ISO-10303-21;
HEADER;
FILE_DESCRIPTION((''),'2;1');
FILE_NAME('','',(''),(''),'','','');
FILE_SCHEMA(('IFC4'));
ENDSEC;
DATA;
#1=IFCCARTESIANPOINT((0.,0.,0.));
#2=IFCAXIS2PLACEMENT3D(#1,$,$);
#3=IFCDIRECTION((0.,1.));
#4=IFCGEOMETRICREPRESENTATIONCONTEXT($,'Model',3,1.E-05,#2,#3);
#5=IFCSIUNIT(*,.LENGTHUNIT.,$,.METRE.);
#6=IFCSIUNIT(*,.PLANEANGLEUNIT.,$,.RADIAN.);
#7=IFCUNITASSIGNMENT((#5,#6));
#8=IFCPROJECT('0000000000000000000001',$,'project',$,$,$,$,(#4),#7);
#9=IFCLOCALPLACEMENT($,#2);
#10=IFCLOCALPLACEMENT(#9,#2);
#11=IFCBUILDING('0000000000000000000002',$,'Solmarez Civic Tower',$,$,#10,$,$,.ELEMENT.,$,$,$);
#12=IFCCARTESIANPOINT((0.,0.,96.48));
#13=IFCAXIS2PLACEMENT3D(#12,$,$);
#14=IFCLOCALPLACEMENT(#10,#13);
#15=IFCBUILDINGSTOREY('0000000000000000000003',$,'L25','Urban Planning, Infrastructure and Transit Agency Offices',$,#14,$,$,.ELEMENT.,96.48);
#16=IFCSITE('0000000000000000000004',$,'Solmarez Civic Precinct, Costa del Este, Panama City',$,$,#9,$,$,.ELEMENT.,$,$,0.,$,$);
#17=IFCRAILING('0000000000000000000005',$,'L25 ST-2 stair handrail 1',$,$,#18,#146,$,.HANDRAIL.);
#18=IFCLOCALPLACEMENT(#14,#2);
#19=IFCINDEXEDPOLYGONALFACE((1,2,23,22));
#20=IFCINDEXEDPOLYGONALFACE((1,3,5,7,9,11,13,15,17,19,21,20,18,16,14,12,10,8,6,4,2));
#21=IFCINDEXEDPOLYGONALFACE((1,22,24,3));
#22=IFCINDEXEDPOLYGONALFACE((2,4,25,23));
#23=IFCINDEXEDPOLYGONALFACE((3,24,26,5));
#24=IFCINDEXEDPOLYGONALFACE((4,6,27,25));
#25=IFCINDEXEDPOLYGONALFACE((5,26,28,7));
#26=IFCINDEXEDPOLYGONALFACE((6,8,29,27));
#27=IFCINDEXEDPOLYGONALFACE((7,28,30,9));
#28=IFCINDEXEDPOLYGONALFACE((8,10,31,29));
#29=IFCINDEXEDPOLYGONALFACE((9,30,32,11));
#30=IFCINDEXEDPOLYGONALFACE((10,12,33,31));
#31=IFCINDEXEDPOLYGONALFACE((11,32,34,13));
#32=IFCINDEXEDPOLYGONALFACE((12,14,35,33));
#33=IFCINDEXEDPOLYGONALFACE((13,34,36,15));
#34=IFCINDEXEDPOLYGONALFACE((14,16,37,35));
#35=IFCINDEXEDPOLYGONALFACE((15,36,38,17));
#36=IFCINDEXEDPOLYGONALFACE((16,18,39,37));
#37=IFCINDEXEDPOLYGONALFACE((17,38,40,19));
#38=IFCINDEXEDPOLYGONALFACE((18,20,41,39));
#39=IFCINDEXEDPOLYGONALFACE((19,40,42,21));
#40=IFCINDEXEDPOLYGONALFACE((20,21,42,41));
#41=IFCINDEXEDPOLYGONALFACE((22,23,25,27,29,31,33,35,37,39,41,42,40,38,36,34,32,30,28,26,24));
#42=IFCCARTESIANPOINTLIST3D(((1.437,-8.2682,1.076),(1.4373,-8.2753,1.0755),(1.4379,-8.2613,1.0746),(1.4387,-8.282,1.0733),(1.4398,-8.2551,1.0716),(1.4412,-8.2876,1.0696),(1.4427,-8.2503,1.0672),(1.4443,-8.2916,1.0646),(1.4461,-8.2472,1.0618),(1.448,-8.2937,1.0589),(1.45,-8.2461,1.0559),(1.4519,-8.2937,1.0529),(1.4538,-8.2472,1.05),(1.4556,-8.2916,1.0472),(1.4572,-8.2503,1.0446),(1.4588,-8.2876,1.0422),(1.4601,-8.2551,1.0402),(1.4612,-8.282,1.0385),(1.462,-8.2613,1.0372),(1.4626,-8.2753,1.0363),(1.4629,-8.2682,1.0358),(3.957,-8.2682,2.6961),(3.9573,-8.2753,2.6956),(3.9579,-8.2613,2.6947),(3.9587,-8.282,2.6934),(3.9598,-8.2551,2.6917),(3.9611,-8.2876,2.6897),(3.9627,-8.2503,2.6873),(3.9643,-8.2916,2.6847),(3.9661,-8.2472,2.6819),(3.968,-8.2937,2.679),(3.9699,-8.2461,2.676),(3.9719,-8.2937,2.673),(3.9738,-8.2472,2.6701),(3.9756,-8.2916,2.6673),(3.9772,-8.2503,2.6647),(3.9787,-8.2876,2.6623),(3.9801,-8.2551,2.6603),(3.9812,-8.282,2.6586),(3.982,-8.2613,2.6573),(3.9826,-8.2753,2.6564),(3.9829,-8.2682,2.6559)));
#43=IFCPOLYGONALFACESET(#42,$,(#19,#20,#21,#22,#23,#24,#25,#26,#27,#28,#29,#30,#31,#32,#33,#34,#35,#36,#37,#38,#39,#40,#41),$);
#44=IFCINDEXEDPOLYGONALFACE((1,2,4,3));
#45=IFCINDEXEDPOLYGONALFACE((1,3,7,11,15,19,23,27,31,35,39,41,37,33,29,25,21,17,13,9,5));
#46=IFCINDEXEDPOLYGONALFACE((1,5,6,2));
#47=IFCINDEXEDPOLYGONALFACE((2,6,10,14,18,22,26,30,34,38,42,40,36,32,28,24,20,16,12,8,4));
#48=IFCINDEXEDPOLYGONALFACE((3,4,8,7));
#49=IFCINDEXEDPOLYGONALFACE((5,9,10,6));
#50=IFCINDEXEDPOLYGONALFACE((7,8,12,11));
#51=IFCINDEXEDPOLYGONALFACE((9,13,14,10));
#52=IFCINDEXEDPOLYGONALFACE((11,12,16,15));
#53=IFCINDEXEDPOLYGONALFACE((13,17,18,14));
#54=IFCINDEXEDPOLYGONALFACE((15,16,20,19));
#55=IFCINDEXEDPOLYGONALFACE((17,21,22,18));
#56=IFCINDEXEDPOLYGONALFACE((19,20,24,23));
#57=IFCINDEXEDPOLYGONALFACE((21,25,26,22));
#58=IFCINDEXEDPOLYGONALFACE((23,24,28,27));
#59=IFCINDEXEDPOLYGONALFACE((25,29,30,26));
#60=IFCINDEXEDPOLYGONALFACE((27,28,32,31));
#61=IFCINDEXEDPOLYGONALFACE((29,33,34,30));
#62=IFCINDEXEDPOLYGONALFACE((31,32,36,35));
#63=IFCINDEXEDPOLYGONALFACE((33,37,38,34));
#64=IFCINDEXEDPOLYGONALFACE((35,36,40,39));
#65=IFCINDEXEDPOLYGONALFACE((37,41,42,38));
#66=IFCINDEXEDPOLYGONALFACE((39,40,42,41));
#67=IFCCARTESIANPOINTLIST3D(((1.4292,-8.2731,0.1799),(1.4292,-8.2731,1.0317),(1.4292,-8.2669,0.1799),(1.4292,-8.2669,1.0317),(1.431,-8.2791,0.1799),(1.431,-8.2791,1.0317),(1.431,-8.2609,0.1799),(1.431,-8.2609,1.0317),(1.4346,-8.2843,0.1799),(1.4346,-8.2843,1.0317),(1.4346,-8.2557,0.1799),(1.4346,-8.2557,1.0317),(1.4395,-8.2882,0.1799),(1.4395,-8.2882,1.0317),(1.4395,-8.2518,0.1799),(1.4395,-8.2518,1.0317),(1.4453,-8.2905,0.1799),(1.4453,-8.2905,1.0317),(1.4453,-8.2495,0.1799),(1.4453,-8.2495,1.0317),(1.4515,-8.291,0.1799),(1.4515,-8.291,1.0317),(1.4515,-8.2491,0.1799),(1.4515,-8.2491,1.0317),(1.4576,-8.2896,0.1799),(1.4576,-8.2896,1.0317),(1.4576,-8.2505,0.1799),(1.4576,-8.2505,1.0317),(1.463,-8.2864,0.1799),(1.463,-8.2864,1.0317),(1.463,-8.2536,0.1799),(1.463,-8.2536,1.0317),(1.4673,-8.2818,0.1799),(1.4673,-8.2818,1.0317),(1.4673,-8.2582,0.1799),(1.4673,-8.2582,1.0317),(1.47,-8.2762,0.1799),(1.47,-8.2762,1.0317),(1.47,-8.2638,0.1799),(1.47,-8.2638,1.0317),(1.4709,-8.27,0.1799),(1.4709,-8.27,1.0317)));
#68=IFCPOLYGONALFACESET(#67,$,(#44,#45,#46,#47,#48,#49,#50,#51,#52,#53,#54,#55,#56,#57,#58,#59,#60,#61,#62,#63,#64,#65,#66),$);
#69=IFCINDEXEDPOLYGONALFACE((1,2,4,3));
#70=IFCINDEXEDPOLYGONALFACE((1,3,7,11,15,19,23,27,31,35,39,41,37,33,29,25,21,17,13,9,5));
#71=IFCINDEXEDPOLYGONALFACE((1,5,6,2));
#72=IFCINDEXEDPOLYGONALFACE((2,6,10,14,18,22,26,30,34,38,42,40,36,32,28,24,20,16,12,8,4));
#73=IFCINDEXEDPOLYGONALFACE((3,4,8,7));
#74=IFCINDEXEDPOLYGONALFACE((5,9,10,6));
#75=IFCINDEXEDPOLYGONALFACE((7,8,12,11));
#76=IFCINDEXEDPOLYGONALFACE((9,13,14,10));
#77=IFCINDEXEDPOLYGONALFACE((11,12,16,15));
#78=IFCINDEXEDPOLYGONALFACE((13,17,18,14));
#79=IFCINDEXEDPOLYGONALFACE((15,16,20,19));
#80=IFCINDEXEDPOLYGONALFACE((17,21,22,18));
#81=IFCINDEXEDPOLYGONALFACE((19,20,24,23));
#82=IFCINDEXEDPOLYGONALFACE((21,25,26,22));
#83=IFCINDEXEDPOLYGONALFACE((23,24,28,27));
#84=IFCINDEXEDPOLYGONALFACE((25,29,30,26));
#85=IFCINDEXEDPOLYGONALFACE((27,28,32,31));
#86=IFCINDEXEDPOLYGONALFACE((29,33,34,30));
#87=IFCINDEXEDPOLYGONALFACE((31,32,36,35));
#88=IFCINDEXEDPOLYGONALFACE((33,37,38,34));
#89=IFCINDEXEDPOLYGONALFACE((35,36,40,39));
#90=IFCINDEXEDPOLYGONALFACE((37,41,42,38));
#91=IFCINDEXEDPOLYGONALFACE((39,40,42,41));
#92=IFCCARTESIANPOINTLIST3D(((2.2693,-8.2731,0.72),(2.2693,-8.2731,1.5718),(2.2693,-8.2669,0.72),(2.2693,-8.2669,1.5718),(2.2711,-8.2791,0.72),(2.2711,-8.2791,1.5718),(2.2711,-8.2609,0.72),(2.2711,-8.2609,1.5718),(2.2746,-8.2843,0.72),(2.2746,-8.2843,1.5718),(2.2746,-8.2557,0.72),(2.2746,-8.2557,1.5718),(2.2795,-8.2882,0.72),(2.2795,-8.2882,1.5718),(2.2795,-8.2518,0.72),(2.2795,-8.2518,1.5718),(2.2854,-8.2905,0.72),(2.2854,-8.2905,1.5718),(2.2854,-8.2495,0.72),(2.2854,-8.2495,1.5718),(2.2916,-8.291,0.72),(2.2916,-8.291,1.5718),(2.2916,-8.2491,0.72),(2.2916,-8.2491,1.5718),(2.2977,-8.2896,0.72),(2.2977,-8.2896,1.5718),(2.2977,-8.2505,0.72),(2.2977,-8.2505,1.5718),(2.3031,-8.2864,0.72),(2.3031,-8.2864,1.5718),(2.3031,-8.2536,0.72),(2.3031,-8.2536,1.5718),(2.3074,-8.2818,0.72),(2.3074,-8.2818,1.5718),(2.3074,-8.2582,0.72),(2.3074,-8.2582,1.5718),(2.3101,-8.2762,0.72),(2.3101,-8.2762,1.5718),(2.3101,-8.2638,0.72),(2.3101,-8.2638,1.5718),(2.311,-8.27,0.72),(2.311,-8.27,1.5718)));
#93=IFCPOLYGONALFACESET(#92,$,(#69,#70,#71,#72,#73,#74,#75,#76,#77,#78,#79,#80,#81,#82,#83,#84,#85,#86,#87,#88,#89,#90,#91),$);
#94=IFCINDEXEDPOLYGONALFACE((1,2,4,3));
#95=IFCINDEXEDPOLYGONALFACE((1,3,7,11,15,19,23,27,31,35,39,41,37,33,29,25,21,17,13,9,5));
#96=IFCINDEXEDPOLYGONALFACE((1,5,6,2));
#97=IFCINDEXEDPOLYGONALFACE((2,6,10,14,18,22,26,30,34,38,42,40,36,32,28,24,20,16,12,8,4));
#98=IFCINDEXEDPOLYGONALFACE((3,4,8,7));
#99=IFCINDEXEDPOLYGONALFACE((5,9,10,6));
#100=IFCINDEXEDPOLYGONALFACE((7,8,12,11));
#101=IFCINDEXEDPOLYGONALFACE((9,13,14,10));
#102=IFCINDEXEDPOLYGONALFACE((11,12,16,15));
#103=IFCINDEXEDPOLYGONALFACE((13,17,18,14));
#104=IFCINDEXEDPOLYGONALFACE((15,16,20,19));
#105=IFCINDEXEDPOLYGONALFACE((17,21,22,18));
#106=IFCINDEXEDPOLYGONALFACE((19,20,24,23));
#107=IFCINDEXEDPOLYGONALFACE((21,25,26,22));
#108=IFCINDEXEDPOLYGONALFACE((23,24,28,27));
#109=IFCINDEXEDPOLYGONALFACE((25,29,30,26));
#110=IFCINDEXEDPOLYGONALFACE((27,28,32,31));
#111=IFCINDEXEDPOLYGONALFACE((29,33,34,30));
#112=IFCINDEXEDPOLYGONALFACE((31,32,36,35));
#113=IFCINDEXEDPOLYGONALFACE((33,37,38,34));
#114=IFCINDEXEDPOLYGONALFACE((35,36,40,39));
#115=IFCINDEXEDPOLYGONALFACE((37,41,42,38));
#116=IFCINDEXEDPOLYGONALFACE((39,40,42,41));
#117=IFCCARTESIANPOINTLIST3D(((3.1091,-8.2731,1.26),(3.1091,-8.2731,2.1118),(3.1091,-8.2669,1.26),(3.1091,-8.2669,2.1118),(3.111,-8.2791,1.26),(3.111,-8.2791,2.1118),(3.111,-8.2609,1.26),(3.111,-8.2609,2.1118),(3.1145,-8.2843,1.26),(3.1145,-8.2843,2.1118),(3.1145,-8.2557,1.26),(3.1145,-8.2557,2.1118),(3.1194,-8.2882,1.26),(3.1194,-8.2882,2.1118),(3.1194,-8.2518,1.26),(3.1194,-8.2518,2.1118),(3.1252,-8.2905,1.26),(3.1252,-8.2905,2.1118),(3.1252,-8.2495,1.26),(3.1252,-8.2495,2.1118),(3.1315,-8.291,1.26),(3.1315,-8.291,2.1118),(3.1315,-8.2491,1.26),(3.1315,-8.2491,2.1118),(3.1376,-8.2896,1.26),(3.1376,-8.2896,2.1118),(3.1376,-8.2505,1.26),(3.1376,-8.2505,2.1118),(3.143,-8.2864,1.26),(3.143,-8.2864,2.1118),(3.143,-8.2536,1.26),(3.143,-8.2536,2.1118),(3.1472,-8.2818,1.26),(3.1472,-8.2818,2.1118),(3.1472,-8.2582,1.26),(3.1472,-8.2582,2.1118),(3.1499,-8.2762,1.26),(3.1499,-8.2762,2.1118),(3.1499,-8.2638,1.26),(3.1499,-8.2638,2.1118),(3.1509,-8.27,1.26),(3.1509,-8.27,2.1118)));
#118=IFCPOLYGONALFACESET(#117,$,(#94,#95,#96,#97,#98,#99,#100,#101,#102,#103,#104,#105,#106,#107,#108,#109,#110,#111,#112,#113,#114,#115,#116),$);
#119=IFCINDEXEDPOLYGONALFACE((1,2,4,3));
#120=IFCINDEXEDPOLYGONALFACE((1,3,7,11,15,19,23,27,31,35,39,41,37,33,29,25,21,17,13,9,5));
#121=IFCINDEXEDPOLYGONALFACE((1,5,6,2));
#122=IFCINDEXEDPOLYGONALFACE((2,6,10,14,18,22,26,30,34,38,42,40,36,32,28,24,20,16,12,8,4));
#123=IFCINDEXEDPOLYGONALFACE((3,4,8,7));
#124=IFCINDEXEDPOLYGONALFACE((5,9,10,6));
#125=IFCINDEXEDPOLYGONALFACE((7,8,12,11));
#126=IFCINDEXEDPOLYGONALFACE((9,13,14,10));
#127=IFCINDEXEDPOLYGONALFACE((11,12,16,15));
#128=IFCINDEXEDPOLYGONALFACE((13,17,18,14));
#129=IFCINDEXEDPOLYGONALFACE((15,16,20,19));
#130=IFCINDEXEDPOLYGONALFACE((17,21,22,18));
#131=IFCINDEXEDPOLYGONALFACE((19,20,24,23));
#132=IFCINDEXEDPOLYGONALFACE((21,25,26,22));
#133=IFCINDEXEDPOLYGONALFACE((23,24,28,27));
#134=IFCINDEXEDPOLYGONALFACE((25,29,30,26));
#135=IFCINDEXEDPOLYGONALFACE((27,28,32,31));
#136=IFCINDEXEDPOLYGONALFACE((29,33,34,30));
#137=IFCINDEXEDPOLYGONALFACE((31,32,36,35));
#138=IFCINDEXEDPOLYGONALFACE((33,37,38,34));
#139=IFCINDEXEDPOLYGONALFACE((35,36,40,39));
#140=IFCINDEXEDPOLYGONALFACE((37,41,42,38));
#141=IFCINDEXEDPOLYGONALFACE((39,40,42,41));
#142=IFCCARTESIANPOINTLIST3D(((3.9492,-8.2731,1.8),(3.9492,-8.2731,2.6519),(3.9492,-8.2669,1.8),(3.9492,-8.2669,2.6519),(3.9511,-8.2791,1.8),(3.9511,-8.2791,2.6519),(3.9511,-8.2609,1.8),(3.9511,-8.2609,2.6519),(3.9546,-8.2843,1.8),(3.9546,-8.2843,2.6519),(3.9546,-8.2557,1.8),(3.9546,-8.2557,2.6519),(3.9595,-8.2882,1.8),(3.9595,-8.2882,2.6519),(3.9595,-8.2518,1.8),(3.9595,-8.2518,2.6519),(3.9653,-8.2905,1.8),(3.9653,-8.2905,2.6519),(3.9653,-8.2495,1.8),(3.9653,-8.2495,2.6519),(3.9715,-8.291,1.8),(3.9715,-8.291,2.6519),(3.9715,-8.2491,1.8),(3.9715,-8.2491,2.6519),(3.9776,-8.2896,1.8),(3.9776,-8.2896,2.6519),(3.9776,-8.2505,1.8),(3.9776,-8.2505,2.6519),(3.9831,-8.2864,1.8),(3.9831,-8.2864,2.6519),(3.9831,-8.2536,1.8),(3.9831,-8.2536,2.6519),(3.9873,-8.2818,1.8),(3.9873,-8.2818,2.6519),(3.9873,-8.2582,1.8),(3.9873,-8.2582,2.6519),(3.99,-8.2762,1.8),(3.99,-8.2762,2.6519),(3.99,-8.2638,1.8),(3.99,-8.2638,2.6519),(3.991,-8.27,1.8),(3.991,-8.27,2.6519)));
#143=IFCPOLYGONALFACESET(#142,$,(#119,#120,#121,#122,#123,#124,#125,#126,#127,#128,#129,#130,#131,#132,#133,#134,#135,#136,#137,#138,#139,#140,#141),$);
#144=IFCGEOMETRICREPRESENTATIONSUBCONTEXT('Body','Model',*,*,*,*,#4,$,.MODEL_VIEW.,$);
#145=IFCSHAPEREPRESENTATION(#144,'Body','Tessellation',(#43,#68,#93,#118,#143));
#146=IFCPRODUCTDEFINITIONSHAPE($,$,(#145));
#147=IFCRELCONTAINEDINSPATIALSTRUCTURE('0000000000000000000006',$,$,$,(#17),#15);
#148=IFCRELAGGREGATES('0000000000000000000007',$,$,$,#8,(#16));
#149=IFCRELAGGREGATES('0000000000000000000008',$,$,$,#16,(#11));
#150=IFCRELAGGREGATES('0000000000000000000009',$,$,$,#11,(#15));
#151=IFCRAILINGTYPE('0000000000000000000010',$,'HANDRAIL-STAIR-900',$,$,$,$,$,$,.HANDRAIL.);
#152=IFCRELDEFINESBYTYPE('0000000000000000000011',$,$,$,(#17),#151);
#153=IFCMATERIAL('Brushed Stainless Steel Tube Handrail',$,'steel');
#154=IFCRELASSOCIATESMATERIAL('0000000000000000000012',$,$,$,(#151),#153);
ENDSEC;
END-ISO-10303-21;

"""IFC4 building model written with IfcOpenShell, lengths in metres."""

from ifc_helpers import new_model, si_unit, direction, frame, origin, origin_2d, place, context, subcontext, project, spatial, circle, extrude, material, type_object, element, save


model = new_model("IFC4")

# Units and contexts
model_context = context("Model", 3, precision=1e-05, world=origin(), true_north=direction((0.0, 1.0)))
body_context = subcontext(model_context, "Body", "Model", "MODEL_VIEW")
ifc_project = project(units=[si_unit("LENGTHUNIT", "METRE"), si_unit("PLANEANGLEUNIT", "RADIAN")], contexts=[model_context])

# Site, building, storey
site_placement = place(None, origin())
site = spatial("IfcSite", under=ifc_project, at=site_placement, Name="Solmarez Civic Precinct, Costa del Este, Panama City", CompositionType="ELEMENT", RefElevation=0.0)
building_placement = place(site_placement, origin())
building = spatial("IfcBuilding", under=site, at=building_placement, Name="Solmarez Civic Tower", CompositionType="ELEMENT")
storey_placement = place(building_placement, frame((0.0, 0.0, 96.48)))
storey = spatial("IfcBuildingStorey", under=building, at=storey_placement, Name="L25", Description="Urban Planning, Infrastructure and Transit Agency Offices", CompositionType="ELEMENT", Elevation=96.48)

# Railing
ifc_material_1 = material(Name="Brushed Stainless Steel Tube Handrail", Category="steel")
railing_type_1 = type_object("IfcRailingType", Name="HANDRAIL-STAIR-900", PredefinedType="HANDRAIL", material=ifc_material_1)
railing_1_placement = place(storey_placement, frame((1.45, -8.27, 0.1799)))
element("IfcRailing", 1, at=railing_1_placement, inside=storey, type_object=railing_type_1, Name="L25 ST-2 stair handrail 1", PredefinedType="HANDRAIL", context=body_context, shape_type="SweptSolid", body=[
    extrude(circle(Radius=0.0239, at=origin_2d()), frame((0.0, 0.0, 0.876), z_axis=(0.841163, 0.0, 0.540782), x_axis=(0.0, 1.0, 0.0)), (0.0, 0.0, 1.0), 2.9958),
    extrude(circle(Radius=0.021, at=origin_2d()), origin(), (0.0, 0.0, 1.0), 0.8518),
    extrude(circle(Radius=0.021, at=origin_2d()), frame((0.8401, 0.0, 0.54)), (0.0, 0.0, 1.0), 0.8518),
    extrude(circle(Radius=0.021, at=origin_2d()), frame((1.6799, 0.0, 1.0801)), (0.0, 0.0, 1.0), 0.8518),
    extrude(circle(Radius=0.021, at=origin_2d()), frame((2.52, 0.0, 1.6201)), (0.0, 0.0, 1.0), 0.8518),
])

save(model, "model.ifc")
